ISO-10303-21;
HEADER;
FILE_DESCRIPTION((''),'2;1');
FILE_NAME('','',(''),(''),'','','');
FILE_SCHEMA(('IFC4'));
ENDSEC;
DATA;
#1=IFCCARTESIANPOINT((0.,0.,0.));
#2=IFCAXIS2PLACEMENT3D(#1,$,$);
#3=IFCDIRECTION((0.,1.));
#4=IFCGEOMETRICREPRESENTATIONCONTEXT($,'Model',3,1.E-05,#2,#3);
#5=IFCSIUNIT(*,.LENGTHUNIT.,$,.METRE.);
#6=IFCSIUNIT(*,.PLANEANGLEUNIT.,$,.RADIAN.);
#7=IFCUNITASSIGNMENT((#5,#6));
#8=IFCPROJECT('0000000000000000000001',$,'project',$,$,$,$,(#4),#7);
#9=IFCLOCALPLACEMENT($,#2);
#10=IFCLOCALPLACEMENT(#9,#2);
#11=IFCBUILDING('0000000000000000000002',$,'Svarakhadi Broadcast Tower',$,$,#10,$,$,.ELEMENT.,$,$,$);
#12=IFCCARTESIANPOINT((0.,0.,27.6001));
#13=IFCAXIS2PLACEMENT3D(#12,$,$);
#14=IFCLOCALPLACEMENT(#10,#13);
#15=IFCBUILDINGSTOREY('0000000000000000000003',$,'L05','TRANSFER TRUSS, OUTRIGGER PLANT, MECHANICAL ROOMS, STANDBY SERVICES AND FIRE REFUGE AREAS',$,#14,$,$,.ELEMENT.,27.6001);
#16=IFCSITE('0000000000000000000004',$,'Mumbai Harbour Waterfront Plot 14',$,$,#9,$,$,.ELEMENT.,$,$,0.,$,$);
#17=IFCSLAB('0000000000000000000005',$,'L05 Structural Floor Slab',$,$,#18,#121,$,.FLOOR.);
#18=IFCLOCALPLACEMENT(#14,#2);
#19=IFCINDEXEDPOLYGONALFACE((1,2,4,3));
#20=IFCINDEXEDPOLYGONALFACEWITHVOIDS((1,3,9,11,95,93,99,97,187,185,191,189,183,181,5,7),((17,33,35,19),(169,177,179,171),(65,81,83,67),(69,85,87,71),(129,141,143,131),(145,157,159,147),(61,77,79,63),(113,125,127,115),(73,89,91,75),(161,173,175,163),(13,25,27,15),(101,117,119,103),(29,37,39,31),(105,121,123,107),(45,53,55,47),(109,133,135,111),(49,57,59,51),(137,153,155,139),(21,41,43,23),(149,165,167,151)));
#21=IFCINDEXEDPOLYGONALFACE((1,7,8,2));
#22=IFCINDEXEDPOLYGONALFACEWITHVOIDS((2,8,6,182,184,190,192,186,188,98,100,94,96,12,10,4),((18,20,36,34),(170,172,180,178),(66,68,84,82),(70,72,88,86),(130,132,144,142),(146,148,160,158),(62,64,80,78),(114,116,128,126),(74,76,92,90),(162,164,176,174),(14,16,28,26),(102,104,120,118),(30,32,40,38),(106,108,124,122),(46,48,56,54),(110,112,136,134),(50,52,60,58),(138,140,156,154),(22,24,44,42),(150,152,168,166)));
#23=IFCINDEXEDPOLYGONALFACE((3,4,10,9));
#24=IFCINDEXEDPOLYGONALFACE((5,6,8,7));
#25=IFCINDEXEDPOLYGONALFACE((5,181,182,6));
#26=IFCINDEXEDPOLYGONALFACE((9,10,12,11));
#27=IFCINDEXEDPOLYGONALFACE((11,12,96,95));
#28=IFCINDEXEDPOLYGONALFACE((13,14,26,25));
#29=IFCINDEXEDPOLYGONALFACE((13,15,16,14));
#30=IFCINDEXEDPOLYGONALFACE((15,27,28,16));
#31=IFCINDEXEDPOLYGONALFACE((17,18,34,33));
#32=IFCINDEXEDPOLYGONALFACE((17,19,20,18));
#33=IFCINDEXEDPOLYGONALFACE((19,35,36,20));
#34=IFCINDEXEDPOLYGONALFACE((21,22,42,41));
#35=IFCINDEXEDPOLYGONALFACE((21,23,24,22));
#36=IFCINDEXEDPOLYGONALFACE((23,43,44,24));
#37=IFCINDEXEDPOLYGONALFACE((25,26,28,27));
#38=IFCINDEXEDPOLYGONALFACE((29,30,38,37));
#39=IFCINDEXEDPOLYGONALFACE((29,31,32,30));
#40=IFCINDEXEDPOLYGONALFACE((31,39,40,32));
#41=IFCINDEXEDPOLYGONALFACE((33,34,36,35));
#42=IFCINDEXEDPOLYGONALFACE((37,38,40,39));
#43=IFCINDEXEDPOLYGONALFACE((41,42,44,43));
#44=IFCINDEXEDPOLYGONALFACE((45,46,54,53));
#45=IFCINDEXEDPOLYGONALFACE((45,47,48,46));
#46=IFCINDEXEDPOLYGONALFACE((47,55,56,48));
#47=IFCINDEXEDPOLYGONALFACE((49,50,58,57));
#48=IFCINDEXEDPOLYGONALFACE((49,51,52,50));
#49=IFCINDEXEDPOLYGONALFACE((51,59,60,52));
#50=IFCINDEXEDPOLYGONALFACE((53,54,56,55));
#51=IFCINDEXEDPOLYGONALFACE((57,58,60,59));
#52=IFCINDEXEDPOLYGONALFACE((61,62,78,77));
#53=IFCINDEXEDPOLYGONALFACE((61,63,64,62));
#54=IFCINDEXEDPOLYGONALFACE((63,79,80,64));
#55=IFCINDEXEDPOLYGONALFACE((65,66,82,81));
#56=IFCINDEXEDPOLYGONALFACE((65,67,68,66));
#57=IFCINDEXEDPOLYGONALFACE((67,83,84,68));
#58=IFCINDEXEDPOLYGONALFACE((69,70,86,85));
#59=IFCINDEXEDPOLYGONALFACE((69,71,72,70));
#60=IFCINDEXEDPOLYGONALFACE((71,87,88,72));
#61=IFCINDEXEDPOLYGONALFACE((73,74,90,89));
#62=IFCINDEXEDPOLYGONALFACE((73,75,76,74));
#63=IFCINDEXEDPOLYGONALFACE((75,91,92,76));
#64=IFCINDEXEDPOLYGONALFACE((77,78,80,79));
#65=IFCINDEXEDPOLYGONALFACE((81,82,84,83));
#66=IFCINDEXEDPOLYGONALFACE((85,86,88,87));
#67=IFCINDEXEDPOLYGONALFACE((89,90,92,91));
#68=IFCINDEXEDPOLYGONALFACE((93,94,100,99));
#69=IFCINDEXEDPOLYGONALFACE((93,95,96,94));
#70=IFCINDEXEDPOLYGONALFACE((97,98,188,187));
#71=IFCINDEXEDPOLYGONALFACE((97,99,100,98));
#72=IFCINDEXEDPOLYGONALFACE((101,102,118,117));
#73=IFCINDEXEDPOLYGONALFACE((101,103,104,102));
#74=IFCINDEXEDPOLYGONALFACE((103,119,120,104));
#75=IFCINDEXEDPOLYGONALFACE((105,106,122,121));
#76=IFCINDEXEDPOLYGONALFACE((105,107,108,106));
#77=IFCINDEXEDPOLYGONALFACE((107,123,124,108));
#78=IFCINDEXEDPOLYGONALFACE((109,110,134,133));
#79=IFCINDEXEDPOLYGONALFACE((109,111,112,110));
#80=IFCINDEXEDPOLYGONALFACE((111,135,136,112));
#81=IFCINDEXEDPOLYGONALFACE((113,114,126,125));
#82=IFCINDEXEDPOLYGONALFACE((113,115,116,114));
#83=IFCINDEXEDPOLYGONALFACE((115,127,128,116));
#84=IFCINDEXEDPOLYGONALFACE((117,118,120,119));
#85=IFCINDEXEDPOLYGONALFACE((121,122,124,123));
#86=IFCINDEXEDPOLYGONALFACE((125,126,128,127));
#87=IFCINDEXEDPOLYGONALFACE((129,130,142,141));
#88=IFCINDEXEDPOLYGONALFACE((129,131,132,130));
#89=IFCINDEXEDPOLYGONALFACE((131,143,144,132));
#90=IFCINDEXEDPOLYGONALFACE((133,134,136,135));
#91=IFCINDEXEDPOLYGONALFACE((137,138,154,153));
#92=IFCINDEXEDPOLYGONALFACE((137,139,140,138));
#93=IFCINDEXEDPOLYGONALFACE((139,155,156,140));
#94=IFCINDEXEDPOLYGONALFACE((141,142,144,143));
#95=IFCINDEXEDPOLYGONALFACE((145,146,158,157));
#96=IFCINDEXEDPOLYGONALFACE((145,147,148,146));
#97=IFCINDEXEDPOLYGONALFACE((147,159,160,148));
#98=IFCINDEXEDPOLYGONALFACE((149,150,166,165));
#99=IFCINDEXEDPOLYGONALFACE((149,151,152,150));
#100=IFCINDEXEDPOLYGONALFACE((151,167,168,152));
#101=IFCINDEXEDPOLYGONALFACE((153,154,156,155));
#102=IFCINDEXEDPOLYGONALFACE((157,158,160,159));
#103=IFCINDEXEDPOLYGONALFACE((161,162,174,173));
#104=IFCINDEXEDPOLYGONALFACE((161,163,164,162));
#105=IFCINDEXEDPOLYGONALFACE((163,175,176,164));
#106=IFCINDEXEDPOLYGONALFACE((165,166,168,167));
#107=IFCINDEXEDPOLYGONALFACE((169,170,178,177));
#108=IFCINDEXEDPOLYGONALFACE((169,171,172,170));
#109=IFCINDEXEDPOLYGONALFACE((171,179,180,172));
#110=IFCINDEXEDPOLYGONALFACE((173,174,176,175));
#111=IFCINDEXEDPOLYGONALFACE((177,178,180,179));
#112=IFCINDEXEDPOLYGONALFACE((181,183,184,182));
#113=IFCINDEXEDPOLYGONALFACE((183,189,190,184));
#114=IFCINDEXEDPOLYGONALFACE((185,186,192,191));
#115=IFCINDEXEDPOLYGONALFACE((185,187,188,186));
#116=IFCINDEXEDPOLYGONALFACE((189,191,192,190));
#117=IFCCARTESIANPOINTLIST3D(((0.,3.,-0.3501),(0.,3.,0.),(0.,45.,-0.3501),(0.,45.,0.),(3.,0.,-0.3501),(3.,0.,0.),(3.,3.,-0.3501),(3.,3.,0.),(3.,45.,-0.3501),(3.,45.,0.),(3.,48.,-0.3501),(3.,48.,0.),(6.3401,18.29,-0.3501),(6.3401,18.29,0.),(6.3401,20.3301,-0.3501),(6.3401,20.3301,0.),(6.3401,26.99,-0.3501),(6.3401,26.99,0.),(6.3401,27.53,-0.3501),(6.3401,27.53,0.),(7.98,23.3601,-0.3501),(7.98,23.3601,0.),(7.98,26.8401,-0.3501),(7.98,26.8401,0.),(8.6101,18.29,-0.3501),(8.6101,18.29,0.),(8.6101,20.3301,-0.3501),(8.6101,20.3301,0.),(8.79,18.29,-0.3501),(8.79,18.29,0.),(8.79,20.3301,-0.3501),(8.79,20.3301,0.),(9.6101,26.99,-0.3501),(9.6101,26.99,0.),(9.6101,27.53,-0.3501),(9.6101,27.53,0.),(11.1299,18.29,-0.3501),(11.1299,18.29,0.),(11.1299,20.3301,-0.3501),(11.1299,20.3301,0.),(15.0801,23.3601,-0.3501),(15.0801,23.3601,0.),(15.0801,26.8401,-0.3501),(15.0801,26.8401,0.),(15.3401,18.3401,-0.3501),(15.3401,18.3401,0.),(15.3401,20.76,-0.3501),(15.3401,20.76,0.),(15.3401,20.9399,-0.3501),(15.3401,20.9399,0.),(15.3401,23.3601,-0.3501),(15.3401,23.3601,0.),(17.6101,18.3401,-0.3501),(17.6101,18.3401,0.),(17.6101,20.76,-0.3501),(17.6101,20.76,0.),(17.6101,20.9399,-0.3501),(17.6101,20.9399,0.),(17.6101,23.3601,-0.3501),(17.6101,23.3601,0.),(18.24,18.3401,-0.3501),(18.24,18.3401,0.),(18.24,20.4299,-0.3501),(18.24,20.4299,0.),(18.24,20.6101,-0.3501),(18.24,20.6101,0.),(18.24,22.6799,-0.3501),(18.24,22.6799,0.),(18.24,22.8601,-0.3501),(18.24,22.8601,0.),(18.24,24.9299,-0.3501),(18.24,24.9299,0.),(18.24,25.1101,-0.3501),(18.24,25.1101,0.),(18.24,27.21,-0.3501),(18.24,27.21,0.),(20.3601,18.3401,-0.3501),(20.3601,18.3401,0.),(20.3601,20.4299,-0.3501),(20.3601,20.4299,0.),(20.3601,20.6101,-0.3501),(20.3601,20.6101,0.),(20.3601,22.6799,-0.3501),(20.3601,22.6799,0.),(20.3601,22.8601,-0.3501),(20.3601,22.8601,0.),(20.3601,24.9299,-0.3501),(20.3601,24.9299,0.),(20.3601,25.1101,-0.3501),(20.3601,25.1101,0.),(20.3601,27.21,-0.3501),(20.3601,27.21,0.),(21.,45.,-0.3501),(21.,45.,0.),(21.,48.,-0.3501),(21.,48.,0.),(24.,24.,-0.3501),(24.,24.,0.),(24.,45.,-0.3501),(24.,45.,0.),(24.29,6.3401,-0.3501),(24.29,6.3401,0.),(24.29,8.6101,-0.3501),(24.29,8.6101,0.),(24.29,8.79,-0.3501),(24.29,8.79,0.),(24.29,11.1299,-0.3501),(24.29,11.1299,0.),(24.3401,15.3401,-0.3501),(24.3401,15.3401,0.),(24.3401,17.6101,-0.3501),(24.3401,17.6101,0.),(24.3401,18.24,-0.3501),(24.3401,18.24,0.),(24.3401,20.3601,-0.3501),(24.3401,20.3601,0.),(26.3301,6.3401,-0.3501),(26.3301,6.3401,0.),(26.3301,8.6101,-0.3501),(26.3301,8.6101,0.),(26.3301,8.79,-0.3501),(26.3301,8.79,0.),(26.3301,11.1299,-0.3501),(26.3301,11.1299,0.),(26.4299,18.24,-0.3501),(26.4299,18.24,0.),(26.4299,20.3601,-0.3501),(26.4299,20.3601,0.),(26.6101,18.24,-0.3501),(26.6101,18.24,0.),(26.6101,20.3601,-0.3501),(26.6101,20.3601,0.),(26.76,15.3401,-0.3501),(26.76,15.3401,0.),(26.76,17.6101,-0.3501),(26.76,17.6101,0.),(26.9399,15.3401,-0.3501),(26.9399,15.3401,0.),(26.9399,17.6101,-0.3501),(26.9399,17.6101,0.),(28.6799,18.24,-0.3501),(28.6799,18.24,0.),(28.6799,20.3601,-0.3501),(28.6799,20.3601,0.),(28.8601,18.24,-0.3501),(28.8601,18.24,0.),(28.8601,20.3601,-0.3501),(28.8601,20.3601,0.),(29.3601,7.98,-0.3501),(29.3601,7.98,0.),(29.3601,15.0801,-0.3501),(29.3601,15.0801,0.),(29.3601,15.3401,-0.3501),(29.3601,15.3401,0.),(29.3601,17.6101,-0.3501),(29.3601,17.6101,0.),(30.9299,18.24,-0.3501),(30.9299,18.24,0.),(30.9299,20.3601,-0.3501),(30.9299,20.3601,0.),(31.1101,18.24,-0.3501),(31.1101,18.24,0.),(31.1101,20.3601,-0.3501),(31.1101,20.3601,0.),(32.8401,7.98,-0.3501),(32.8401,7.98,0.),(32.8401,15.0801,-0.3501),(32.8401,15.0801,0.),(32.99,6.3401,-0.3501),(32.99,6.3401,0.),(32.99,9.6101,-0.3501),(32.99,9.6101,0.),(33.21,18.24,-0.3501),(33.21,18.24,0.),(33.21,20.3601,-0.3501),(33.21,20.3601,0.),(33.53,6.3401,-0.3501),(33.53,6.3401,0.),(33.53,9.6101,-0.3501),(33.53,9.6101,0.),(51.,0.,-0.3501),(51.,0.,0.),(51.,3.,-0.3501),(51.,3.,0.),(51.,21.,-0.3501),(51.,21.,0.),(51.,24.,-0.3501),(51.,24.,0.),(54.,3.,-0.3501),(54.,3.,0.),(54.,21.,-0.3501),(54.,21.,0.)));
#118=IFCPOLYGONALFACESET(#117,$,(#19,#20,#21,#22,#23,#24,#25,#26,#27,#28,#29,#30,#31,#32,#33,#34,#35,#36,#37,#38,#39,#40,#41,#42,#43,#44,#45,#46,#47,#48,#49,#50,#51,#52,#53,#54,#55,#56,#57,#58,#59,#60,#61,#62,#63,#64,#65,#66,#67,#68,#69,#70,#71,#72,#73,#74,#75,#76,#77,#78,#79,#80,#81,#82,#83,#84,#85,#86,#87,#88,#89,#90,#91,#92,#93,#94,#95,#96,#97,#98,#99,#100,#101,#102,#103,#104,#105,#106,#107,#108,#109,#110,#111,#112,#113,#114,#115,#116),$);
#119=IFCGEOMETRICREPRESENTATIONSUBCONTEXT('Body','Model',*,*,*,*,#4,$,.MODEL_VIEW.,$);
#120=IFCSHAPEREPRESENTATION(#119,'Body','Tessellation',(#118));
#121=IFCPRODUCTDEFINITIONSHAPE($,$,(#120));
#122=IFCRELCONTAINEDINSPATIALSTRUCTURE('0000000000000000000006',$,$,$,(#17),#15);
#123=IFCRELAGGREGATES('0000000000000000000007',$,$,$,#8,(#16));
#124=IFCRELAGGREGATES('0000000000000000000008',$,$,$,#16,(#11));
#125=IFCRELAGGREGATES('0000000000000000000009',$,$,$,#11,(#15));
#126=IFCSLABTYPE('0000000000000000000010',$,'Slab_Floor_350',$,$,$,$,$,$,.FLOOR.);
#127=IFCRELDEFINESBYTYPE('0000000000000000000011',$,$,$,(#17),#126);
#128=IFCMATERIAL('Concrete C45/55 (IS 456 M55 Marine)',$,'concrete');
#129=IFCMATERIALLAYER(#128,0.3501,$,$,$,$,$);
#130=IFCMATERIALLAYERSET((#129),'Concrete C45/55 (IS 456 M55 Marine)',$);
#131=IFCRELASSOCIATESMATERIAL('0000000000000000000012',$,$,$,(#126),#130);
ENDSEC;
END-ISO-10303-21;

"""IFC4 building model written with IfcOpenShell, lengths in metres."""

from ifc_helpers import new_model, si_unit, direction, frame, origin, place, context, subcontext, project, spatial, polyline, outline, extrude, material, layer, layer_set, type_object, element, save


model = new_model("IFC4")

# Units and contexts
model_context = context("Model", 3, precision=1e-05, world=origin(), true_north=direction((0.0, 1.0)))
body_context = subcontext(model_context, "Body", "Model", "MODEL_VIEW")
ifc_project = project(units=[si_unit("LENGTHUNIT", "METRE"), si_unit("PLANEANGLEUNIT", "RADIAN")], contexts=[model_context])

# Site, building, storey
site_placement = place(None, origin())
site = spatial("IfcSite", under=ifc_project, at=site_placement, Name="Mumbai Harbour Waterfront Plot 14", CompositionType="ELEMENT", RefElevation=0.0)
building_placement = place(site_placement, origin())
building = spatial("IfcBuilding", under=site, at=building_placement, Name="Svarakhadi Broadcast Tower", CompositionType="ELEMENT")
storey_placement = place(building_placement, frame((0.0, 0.0, 27.6001)))
storey = spatial("IfcBuildingStorey", under=building, at=storey_placement, Name="L05", Description="TRANSFER TRUSS, OUTRIGGER PLANT, MECHANICAL ROOMS, STANDBY SERVICES AND FIRE REFUGE AREAS", CompositionType="ELEMENT", Elevation=27.6001)

# Slab
ifc_material_1 = material(Name="Concrete C45/55 (IS 456 M55 Marine)", Category="concrete")
ifc_layer_1 = layer(ifc_material_1, 0.3501)
ifc_layer_set_1 = layer_set([ifc_layer_1], Name="Concrete C45/55 (IS 456 M55 Marine)")
slab_type_1 = type_object("IfcSlabType", Name="Slab_Floor_350", PredefinedType="FLOOR", material=ifc_layer_set_1)
slab_1_placement = place(storey_placement, frame((0.0, 0.0, -0.3501)))
element("IfcSlab", 1, at=slab_1_placement, inside=storey, type_object=slab_type_1, Name="L05 Structural Floor Slab", PredefinedType="FLOOR", context=body_context, shape_type="SweptSolid", body=[
    extrude(outline(polyline([(3.0, 0.0), (51.0, 0.0), (51.0, 3.0), (54.0, 3.0), (54.0, 21.0), (51.0, 21.0), (51.0, 24.0), (24.0, 24.0), (24.0, 45.0), (21.0, 45.0), (21.0, 48.0), (3.0, 48.0), (3.0, 45.0), (0.0, 45.0), (0.0, 3.0), (3.0, 3.0), (3.0, 0.0)]), holes=[polyline([(7.98, 23.3601), (15.0801, 23.3601), (15.0801, 26.8401), (7.98, 26.8401), (7.98, 23.3601)]), polyline([(32.8401, 7.98), (32.8401, 15.0801), (29.3601, 15.0801), (29.3601, 7.98), (32.8401, 7.98)]), polyline([(6.3401, 18.29), (8.6101, 18.29), (8.6101, 20.3301), (6.3401, 20.3301), (6.3401, 18.29)]), polyline([(8.79, 18.29), (11.1299, 18.29), (11.1299, 20.3301), (8.79, 20.3301), (8.79, 18.29)]), polyline([(24.29, 6.3401), (26.3301, 6.3401), (26.3301, 8.6101), (24.29, 8.6101), (24.29, 6.3401)]), polyline([(24.29, 8.79), (26.3301, 8.79), (26.3301, 11.1299), (24.29, 11.1299), (24.29, 8.79)]), polyline([(6.3401, 26.99), (9.6101, 26.99), (9.6101, 27.53), (6.3401, 27.53), (6.3401, 26.99)]), polyline([(32.99, 6.3401), (33.53, 6.3401), (33.53, 9.6101), (32.99, 9.6101), (32.99, 6.3401)]), polyline([(15.3401, 18.3401), (17.6101, 18.3401), (17.6101, 20.76), (15.3401, 20.76), (15.3401, 18.3401)]), polyline([(15.3401, 20.9399), (17.6101, 20.9399), (17.6101, 23.3601), (15.3401, 23.3601), (15.3401, 20.9399)]), polyline([(24.3401, 15.3401), (26.76, 15.3401), (26.76, 17.6101), (24.3401, 17.6101), (24.3401, 15.3401)]), polyline([(26.9399, 15.3401), (29.3601, 15.3401), (29.3601, 17.6101), (26.9399, 17.6101), (26.9399, 15.3401)]), polyline([(18.24, 18.3401), (20.3601, 18.3401), (20.3601, 20.4299), (18.24, 20.4299), (18.24, 18.3401)]), polyline([(18.24, 20.6101), (20.3601, 20.6101), (20.3601, 22.6799), (18.24, 22.6799), (18.24, 20.6101)]), polyline([(18.24, 22.8601), (20.3601, 22.8601), (20.3601, 24.9299), (18.24, 24.9299), (18.24, 22.8601)]), polyline([(18.24, 25.1101), (20.3601, 25.1101), (20.3601, 27.21), (18.24, 27.21), (18.24, 25.1101)]), polyline([(24.3401, 18.24), (26.4299, 18.24), (26.4299, 20.3601), (24.3401, 20.3601), (24.3401, 18.24)]), polyline([(26.6101, 18.24), (28.6799, 18.24), (28.6799, 20.3601), (26.6101, 20.3601), (26.6101, 18.24)]), polyline([(28.8601, 18.24), (30.9299, 18.24), (30.9299, 20.3601), (28.8601, 20.3601), (28.8601, 18.24)]), polyline([(31.1101, 18.24), (33.21, 18.24), (33.21, 20.3601), (31.1101, 20.3601), (31.1101, 18.24)])]), origin(), (0.0, 0.0, 1.0), 0.3501),
])

save(model, "model.ifc")
